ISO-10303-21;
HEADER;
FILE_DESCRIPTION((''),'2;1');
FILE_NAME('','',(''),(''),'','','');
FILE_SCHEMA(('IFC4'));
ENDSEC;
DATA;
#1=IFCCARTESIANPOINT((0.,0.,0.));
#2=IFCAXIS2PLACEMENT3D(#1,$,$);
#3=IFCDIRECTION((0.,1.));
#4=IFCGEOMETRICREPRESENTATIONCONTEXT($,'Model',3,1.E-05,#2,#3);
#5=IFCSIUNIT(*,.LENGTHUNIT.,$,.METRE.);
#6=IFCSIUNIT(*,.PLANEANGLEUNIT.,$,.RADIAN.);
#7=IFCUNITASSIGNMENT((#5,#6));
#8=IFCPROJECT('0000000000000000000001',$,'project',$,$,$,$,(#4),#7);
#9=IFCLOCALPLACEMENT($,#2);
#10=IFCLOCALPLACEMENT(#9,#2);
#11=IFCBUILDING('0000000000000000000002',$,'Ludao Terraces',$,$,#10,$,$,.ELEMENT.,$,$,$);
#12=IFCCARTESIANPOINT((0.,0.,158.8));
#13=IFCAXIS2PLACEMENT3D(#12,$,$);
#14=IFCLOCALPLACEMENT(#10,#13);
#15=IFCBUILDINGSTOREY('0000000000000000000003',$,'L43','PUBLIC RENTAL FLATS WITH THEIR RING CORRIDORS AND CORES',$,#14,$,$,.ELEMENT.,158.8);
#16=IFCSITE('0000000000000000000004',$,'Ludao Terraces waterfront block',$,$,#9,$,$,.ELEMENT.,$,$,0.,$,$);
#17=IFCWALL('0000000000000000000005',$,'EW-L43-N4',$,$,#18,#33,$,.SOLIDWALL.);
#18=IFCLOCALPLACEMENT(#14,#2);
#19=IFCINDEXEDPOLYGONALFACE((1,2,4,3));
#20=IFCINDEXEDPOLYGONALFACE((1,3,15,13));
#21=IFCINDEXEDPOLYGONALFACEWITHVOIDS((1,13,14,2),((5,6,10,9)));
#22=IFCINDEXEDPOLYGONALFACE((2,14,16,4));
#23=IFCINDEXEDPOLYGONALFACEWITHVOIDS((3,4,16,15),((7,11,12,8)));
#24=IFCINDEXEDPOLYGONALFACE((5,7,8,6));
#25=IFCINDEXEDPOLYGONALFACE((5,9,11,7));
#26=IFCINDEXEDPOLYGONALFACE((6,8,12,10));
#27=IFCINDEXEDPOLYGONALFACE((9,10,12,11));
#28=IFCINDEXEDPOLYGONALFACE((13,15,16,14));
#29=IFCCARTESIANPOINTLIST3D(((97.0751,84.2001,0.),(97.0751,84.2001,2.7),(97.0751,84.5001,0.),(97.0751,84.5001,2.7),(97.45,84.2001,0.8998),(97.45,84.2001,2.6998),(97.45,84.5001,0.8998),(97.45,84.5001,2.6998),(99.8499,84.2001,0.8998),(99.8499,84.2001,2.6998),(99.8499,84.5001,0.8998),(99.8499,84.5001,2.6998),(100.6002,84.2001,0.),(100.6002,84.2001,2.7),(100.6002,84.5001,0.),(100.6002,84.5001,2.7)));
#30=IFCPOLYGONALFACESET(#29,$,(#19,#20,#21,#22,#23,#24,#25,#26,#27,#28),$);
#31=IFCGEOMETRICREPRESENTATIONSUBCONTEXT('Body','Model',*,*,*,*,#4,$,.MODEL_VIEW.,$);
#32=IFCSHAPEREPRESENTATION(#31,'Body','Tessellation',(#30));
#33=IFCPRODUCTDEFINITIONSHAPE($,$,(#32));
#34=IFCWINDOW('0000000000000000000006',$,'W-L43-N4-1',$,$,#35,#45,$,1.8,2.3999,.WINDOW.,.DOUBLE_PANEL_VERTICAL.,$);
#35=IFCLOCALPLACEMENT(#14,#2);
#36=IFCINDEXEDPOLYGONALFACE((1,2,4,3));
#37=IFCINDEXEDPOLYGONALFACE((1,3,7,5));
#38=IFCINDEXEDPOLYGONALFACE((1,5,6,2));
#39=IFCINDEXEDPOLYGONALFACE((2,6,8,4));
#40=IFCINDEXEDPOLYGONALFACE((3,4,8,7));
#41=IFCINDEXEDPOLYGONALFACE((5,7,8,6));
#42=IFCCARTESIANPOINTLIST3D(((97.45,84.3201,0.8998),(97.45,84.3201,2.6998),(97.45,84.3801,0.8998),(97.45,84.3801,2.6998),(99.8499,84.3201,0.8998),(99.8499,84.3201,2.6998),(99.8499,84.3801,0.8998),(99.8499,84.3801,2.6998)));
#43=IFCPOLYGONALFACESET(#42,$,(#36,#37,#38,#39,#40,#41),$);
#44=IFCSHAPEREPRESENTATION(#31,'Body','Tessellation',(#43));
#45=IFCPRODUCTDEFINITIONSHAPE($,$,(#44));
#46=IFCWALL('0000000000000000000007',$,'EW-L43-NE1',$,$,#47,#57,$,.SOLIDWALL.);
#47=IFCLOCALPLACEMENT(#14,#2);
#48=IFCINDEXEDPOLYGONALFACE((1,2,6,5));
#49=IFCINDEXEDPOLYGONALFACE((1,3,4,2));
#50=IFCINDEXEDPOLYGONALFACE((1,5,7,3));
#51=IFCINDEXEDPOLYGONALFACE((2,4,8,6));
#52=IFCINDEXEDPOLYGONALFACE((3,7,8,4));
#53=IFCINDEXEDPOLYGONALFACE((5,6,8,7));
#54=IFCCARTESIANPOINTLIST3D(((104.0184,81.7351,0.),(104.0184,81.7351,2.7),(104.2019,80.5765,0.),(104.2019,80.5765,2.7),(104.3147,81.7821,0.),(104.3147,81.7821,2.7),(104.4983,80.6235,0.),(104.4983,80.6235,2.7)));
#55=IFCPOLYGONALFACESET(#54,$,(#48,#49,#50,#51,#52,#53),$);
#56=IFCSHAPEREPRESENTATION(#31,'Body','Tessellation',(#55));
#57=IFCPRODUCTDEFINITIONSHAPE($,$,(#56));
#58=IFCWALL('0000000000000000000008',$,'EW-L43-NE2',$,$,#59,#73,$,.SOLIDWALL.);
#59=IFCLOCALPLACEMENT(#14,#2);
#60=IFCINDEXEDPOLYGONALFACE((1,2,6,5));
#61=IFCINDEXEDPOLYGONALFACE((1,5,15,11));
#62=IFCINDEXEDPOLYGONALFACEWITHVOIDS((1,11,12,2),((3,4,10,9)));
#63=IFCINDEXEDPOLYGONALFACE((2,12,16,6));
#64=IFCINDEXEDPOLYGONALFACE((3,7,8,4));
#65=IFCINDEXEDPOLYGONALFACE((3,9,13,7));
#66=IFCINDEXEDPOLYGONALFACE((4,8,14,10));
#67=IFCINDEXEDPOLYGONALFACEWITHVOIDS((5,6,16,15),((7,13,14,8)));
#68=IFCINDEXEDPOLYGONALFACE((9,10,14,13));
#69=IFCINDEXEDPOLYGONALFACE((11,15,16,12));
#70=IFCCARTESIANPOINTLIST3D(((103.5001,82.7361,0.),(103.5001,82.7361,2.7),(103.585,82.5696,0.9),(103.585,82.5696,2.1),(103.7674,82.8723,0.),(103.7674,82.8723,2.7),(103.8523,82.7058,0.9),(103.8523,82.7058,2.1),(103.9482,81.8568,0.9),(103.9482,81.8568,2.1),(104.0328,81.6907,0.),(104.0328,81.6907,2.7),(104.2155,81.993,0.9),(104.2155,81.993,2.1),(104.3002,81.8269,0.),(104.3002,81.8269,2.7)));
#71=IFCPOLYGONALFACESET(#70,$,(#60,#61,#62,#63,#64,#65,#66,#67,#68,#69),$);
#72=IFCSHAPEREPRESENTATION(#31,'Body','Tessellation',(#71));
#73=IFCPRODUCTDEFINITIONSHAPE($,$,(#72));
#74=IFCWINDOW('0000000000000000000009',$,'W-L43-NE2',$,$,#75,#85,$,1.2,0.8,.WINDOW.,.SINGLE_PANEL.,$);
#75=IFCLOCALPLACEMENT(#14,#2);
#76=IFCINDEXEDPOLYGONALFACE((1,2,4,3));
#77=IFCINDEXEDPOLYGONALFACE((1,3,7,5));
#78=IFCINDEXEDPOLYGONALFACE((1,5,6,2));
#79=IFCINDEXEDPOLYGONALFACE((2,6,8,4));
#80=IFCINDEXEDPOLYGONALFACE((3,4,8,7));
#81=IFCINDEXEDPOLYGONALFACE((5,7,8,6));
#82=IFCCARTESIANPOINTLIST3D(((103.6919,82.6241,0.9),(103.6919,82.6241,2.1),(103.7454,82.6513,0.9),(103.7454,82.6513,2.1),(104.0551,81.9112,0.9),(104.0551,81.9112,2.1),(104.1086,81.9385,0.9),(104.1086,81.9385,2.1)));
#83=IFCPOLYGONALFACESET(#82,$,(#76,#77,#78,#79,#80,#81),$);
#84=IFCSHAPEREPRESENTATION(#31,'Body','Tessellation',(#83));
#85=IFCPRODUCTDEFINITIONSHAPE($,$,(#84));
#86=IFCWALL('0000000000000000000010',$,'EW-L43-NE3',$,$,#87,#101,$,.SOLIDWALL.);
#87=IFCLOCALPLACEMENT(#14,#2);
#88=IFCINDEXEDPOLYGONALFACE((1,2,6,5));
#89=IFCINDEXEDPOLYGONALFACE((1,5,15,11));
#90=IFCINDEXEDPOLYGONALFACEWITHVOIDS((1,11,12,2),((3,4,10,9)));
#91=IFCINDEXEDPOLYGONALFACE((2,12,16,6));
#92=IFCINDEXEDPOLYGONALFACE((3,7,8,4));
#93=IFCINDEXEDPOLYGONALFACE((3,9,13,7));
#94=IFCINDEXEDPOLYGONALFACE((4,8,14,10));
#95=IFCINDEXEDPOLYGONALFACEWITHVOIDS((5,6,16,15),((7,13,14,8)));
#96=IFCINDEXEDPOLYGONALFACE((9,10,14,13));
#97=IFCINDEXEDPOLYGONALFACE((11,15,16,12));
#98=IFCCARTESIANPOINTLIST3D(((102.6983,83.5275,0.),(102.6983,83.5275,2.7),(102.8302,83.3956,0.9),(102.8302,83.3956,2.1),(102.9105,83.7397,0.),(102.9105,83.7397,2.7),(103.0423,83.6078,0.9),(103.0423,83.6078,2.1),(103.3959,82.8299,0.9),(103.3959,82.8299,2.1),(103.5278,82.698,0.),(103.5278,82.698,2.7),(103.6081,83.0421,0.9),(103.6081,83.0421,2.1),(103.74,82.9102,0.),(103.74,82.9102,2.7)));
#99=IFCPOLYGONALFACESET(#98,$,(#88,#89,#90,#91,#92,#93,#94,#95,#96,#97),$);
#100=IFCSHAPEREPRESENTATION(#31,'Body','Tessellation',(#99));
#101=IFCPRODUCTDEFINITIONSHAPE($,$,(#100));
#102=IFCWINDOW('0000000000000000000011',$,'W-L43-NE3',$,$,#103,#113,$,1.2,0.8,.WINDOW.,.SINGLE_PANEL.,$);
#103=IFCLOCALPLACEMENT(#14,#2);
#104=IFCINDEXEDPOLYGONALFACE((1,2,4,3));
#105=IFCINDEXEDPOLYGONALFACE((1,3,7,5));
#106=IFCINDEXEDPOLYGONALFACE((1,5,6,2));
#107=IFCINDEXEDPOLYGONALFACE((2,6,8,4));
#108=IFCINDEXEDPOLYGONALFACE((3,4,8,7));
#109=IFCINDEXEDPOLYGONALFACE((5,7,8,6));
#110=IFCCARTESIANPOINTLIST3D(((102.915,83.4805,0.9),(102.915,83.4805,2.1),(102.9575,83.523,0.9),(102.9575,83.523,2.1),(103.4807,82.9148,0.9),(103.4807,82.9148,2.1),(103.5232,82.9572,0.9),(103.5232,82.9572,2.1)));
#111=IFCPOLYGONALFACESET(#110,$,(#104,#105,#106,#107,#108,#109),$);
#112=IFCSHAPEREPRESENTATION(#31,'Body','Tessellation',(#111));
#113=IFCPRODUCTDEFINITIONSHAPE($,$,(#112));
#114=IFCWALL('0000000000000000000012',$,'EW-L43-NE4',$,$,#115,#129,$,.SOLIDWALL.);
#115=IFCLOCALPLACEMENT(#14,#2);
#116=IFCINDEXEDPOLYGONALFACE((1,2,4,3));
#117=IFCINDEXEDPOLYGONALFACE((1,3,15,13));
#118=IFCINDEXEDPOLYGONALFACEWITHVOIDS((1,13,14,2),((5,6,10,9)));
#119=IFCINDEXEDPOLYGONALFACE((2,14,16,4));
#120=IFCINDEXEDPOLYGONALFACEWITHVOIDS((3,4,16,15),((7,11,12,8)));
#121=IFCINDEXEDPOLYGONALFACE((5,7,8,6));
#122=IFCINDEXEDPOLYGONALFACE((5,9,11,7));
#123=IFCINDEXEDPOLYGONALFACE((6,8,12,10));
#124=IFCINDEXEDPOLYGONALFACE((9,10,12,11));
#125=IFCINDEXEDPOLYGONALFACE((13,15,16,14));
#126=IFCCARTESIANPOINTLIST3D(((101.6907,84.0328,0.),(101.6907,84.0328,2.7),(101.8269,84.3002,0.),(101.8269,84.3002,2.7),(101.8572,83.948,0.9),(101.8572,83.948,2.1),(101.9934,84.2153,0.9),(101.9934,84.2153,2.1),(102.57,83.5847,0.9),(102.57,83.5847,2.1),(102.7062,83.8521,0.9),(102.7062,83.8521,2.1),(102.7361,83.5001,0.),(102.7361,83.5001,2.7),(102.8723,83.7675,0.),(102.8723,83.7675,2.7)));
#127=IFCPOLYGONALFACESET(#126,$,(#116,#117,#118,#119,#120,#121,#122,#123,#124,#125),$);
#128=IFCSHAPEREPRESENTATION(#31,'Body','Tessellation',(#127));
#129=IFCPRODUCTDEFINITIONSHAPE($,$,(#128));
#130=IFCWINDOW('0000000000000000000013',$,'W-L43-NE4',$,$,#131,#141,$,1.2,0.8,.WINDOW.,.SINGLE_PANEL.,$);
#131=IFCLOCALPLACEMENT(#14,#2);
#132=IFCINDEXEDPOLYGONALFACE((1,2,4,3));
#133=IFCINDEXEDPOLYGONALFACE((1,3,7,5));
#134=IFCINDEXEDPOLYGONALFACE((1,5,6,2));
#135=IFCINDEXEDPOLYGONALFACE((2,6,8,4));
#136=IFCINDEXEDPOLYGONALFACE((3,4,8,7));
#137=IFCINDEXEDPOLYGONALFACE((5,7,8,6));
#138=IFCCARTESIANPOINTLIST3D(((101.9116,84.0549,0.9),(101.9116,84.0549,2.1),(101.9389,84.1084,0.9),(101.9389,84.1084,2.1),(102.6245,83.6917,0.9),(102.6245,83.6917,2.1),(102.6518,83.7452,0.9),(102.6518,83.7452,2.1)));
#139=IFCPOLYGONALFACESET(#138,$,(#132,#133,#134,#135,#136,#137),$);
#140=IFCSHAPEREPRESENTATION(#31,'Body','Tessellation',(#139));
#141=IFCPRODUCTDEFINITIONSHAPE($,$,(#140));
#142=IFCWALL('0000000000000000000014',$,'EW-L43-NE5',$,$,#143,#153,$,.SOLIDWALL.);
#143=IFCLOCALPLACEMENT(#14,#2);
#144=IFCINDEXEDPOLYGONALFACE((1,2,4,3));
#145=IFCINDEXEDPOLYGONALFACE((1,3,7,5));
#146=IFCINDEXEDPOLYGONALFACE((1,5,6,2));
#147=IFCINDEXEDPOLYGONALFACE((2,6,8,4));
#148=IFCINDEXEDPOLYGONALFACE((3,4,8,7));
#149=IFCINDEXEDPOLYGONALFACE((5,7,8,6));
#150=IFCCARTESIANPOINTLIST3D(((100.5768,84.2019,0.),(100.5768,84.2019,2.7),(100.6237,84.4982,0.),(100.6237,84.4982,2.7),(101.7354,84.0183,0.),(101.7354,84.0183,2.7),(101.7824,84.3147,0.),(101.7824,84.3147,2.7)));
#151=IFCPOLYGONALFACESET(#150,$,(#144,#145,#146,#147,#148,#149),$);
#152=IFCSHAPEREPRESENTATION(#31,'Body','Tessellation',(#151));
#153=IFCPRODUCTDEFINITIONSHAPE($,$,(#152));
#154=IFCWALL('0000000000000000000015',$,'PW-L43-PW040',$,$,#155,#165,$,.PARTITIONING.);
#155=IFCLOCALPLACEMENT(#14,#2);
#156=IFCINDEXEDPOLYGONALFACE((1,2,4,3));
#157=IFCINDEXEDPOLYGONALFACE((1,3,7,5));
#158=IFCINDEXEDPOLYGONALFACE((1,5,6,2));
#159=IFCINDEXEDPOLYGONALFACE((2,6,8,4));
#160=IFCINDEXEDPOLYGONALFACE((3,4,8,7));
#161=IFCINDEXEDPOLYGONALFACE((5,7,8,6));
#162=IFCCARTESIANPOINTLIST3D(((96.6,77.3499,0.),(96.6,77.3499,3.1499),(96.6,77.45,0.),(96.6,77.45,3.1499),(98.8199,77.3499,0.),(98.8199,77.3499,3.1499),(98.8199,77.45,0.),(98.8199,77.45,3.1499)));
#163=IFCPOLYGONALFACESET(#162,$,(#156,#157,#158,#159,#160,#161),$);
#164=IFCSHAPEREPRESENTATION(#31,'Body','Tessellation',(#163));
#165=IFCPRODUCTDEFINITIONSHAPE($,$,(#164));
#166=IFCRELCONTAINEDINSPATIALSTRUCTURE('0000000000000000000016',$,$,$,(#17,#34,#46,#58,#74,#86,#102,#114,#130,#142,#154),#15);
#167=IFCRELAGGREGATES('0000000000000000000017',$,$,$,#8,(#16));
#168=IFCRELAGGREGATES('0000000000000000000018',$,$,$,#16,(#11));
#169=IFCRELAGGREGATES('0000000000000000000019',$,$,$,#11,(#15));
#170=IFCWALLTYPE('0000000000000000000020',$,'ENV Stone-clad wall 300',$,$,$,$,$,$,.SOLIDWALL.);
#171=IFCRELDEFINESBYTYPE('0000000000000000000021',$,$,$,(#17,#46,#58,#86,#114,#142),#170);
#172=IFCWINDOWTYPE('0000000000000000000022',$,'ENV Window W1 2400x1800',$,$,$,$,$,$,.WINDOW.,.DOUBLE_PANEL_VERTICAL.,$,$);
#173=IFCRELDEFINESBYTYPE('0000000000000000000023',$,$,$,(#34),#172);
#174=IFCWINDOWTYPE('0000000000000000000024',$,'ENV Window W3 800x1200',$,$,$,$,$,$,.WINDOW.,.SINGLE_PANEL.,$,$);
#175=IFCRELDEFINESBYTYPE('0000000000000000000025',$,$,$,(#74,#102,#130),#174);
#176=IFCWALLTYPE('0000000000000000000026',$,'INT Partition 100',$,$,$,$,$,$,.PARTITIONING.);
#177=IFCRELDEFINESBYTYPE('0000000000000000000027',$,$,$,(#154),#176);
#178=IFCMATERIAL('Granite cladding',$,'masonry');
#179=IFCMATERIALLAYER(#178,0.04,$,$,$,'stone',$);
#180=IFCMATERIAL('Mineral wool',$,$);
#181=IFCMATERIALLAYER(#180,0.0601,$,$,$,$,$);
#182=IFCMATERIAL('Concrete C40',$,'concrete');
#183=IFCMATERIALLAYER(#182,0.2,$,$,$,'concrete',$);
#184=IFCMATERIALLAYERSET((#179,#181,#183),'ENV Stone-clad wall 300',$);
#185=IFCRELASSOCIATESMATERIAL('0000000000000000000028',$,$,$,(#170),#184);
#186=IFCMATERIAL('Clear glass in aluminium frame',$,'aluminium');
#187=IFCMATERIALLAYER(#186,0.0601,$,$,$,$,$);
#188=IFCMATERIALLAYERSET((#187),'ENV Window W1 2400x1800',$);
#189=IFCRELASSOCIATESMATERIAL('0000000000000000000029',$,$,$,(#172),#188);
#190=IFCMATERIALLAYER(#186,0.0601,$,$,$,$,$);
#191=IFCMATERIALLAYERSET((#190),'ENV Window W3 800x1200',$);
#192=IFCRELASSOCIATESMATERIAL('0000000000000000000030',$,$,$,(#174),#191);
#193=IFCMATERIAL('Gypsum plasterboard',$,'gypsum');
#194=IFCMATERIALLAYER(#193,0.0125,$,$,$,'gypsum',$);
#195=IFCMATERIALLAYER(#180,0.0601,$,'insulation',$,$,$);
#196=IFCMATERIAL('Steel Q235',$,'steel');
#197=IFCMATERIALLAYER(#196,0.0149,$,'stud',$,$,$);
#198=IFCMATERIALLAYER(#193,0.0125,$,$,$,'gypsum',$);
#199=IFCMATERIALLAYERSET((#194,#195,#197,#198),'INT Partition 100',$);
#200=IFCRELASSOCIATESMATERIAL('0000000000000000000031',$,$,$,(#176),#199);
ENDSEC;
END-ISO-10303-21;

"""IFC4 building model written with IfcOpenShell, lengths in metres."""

from ifc_helpers import new_model, si_unit, direction, frame, frame_2d, origin, place, context, subcontext, project, spatial, rectangle, extrude, material, layer, layer_set, type_object, element, fill, save


model = new_model("IFC4")

# Units and contexts
model_context = context("Model", 3, precision=1e-05, world=origin(), true_north=direction((0.0, 1.0)))
body_context = subcontext(model_context, "Body", "Model", "MODEL_VIEW")
ifc_project = project(units=[si_unit("LENGTHUNIT", "METRE"), si_unit("PLANEANGLEUNIT", "RADIAN")], contexts=[model_context])

# Site, building, storey
site_placement = place(None, origin())
site = spatial("IfcSite", under=ifc_project, at=site_placement, Name="Ludao Terraces waterfront block", CompositionType="ELEMENT", RefElevation=0.0)
building_placement = place(site_placement, origin())
building = spatial("IfcBuilding", under=site, at=building_placement, Name="Ludao Terraces", CompositionType="ELEMENT")
storey_placement = place(building_placement, frame((0.0, 0.0, 158.8)))
storey = spatial("IfcBuildingStorey", under=building, at=storey_placement, Name="L43", Description="PUBLIC RENTAL FLATS WITH THEIR RING CORRIDORS AND CORES", CompositionType="ELEMENT", Elevation=158.8)

# Shared definitions
ifc_material_1 = material(Name="Concrete C40", Category="concrete")

# Shared definitions
ifc_material_2 = material(Name="Steel Q235", Category="steel")

# Shared definitions
ifc_material_3 = material(Name="Granite cladding", Category="masonry")
ifc_layer_1 = layer(ifc_material_3, 0.04, Category="stone")
ifc_material_4 = material(Name="Mineral wool")
ifc_layer_2 = layer(ifc_material_4, 0.0601)
ifc_layer_3 = layer(ifc_material_1, 0.2, Category="concrete")
ifc_layer_set_1 = layer_set([ifc_layer_1, ifc_layer_2, ifc_layer_3], Name="ENV Stone-clad wall 300")
wall_type_1 = type_object("IfcWallType", Name="ENV Stone-clad wall 300", PredefinedType="SOLIDWALL", material=ifc_layer_set_1)
ifc_material_5 = material(Name="Clear glass in aluminium frame", Category="aluminium")
ifc_layer_4 = layer(ifc_material_5, 0.0601)
ifc_layer_set_2 = layer_set([ifc_layer_4], Name="ENV Window W1 2400x1800")
window_type_1 = type_object("IfcWindowType", Name="ENV Window W1 2400x1800", PartitioningType="DOUBLE_PANEL_VERTICAL", PredefinedType="WINDOW", material=ifc_layer_set_2)

# Wall, opening, window
wall_1_placement = place(storey_placement, frame((97.075, 84.3501, 0.0), z_axis=(0.0, 0.0, 1.0), x_axis=(1.0, 0.0, 0.0)))
wall_1 = element("IfcWall", 1, at=wall_1_placement, inside=storey, type_object=wall_type_1, Name="EW-L43-N4", PredefinedType="SOLIDWALL", context=body_context, shape_type="SweptSolid", body=[
    extrude(rectangle(XDim=3.5251, YDim=0.3, at=frame_2d((1.7627, 0.0))), origin(), (0.0, 0.0, 1.0), 2.7),
])
opening_1_placement = place(wall_1_placement, frame((0.375, 0.0, 0.8999)))
opening_1 = element("IfcOpeningElement", 2, at=opening_1_placement, cuts=wall_1, PredefinedType="OPENING", context=body_context, shape_type="SweptSolid", body=[
    extrude(rectangle(XDim=2.3999, YDim=1.8, at=frame_2d((1.2, 0.8999))), frame((0.0, 0.1602, 0.0), z_axis=(0.0, -1.0, 0.0), x_axis=(1.0, 0.0, 0.0)), (0.0, 0.0, 1.0), 0.3201),
])
window_1_placement = place(opening_1_placement, origin())
window_1 = element("IfcWindow", 3, at=window_1_placement, inside=storey, type_object=window_type_1, Name="W-L43-N4-1", OverallHeight=1.8, OverallWidth=2.3999, PartitioningType="DOUBLE_PANEL_VERTICAL", PredefinedType="WINDOW", context=body_context, shape_type="SweptSolid", body=[
    extrude(rectangle(XDim=2.3999, YDim=1.8, at=frame_2d((1.2, 0.8999))), frame((0.0, 0.03, 0.0), z_axis=(0.0, -1.0, 0.0), x_axis=(1.0, 0.0, 0.0)), (0.0, 0.0, 1.0), 0.0601),
])
fill(opening_1, window_1)

# Wall
wall_2_placement = place(storey_placement, frame((104.3501, 80.6001, 0.0), z_axis=(0.0, 0.0, 1.0), x_axis=(-0.156497, 0.987678, 0.0)))
element("IfcWall", 4, at=wall_2_placement, inside=storey, type_object=wall_type_1, Name="EW-L43-NE1", PredefinedType="SOLIDWALL", context=body_context, shape_type="SweptSolid", body=[
    extrude(rectangle(XDim=1.1731, YDim=0.3, at=frame_2d((0.5864, 0.0))), origin(), (0.0, 0.0, 1.0), 2.7),
])

# Walls, openings, windows
wall_3_placement = place(storey_placement, frame((104.1665, 81.7588, 0.0), z_axis=(0.0, 0.0, 1.0), x_axis=(-0.454026, 0.890989, 0.0)))
wall_3 = element("IfcWall", 5, at=wall_3_placement, inside=storey, type_object=wall_type_1, Name="EW-L43-NE2", PredefinedType="SOLIDWALL", context=body_context, shape_type="SweptSolid", body=[
    extrude(rectangle(XDim=1.1733, YDim=0.3, at=frame_2d((0.5867, 0.0))), origin(), (0.0, 0.0, 1.0), 2.7),
])
opening_2_placement = place(wall_3_placement, frame((0.1865, 0.0, 0.8999)))
opening_2 = element("IfcOpeningElement", 6, at=opening_2_placement, cuts=wall_3, PredefinedType="OPENING", context=body_context, shape_type="SweptSolid", body=[
    extrude(rectangle(XDim=0.8, YDim=1.2, at=frame_2d((0.3999, 0.6001))), frame((0.0, 0.1602, 0.0), z_axis=(0.0, -1.0, 0.0), x_axis=(1.0, 0.0, 0.0)), (0.0, 0.0, 1.0), 0.3201),
])
ifc_layer_5 = layer(ifc_material_5, 0.0601)
ifc_layer_set_3 = layer_set([ifc_layer_5], Name="ENV Window W3 800x1200")
window_type_2 = type_object("IfcWindowType", Name="ENV Window W3 800x1200", PartitioningType="SINGLE_PANEL", PredefinedType="WINDOW", material=ifc_layer_set_3)
window_2_placement = place(opening_2_placement, origin())
window_2 = element("IfcWindow", 7, at=window_2_placement, inside=storey, type_object=window_type_2, Name="W-L43-NE2", OverallHeight=1.2, OverallWidth=0.8, PartitioningType="SINGLE_PANEL", PredefinedType="WINDOW", context=body_context, shape_type="SweptSolid", body=[
    extrude(rectangle(XDim=0.8, YDim=1.2, at=frame_2d((0.3999, 0.6001))), frame((0.0, 0.03, 0.0), z_axis=(0.0, -1.0, 0.0), x_axis=(1.0, 0.0, 0.0)), (0.0, 0.0, 1.0), 0.0601),
])
fill(opening_2, window_2)
wall_4_placement = place(storey_placement, frame((103.6338, 82.8042, 0.0), z_axis=(0.0, 0.0, 1.0), x_axis=(-0.707107, 0.707107, 0.0)))
wall_4 = element("IfcWall", 8, at=wall_4_placement, inside=storey, type_object=wall_type_1, Name="EW-L43-NE3", PredefinedType="SOLIDWALL", context=body_context, shape_type="SweptSolid", body=[
    extrude(rectangle(XDim=1.1731, YDim=0.3, at=frame_2d((0.5864, 0.0))), origin(), (0.0, 0.0, 1.0), 2.7),
])
opening_3_placement = place(wall_4_placement, frame((0.1865, 0.0, 0.8999)))
opening_3 = element("IfcOpeningElement", 9, at=opening_3_placement, cuts=wall_4, PredefinedType="OPENING", context=body_context, shape_type="SweptSolid", body=[
    extrude(rectangle(XDim=0.8, YDim=1.2, at=frame_2d((0.3999, 0.6001))), frame((0.0, 0.1602, 0.0), z_axis=(0.0, -1.0, 0.0), x_axis=(1.0, 0.0, 0.0)), (0.0, 0.0, 1.0), 0.3201),
])
window_3_placement = place(opening_3_placement, origin())
window_3 = element("IfcWindow", 10, at=window_3_placement, inside=storey, type_object=window_type_2, Name="W-L43-NE3", OverallHeight=1.2, OverallWidth=0.8, PartitioningType="SINGLE_PANEL", PredefinedType="WINDOW", context=body_context, shape_type="SweptSolid", body=[
    extrude(rectangle(XDim=0.8, YDim=1.2, at=frame_2d((0.3999, 0.6001))), frame((0.0, 0.03, 0.0), z_axis=(0.0, -1.0, 0.0), x_axis=(1.0, 0.0, 0.0)), (0.0, 0.0, 1.0), 0.0601),
])
fill(opening_3, window_3)
wall_5_placement = place(storey_placement, frame((102.8042, 83.6338, 0.0), z_axis=(0.0, 0.0, 1.0), x_axis=(-0.890989, 0.454026, 0.0)))
wall_5 = element("IfcWall", 11, at=wall_5_placement, inside=storey, type_object=wall_type_1, Name="EW-L43-NE4", PredefinedType="SOLIDWALL", context=body_context, shape_type="SweptSolid", body=[
    extrude(rectangle(XDim=1.1733, YDim=0.3, at=frame_2d((0.5867, 0.0))), origin(), (0.0, 0.0, 1.0), 2.7),
])
opening_4_placement = place(wall_5_placement, frame((0.1865, 0.0, 0.8999)))
opening_4 = element("IfcOpeningElement", 12, at=opening_4_placement, cuts=wall_5, PredefinedType="OPENING", context=body_context, shape_type="SweptSolid", body=[
    extrude(rectangle(XDim=0.8, YDim=1.2, at=frame_2d((0.3999, 0.6001))), frame((0.0, 0.1602, 0.0), z_axis=(0.0, -1.0, 0.0), x_axis=(1.0, 0.0, 0.0)), (0.0, 0.0, 1.0), 0.3201),
])
window_4_placement = place(opening_4_placement, origin())
window_4 = element("IfcWindow", 13, at=window_4_placement, inside=storey, type_object=window_type_2, Name="W-L43-NE4", OverallHeight=1.2, OverallWidth=0.8, PartitioningType="SINGLE_PANEL", PredefinedType="WINDOW", context=body_context, shape_type="SweptSolid", body=[
    extrude(rectangle(XDim=0.8, YDim=1.2, at=frame_2d((0.3999, 0.6001))), frame((0.0, 0.03, 0.0), z_axis=(0.0, -1.0, 0.0), x_axis=(1.0, 0.0, 0.0)), (0.0, 0.0, 1.0), 0.0601),
])
fill(opening_4, window_4)

# Walls
wall_6_placement = place(storey_placement, frame((101.7588, 84.1665, 0.0), z_axis=(0.0, 0.0, 1.0), x_axis=(-0.987678, 0.156497, 0.0)))
element("IfcWall", 14, at=wall_6_placement, inside=storey, type_object=wall_type_1, Name="EW-L43-NE5", PredefinedType="SOLIDWALL", context=body_context, shape_type="SweptSolid", body=[
    extrude(rectangle(XDim=1.1731, YDim=0.3, at=frame_2d((0.5864, 0.0))), origin(), (0.0, 0.0, 1.0), 2.7),
])
ifc_material_6 = material(Name="Gypsum plasterboard", Category="gypsum")
ifc_layer_6 = layer(ifc_material_6, 0.0125, Category="gypsum")
ifc_layer_7 = layer(ifc_material_4, 0.0601, Name="insulation")
ifc_layer_8 = layer(ifc_material_2, 0.0149, Name="stud")
ifc_layer_9 = layer(ifc_material_6, 0.0125, Category="gypsum")
ifc_layer_set_4 = layer_set([ifc_layer_6, ifc_layer_7, ifc_layer_8, ifc_layer_9], Name="INT Partition 100")
wall_type_2 = type_object("IfcWallType", Name="INT Partition 100", PredefinedType="PARTITIONING", material=ifc_layer_set_4)
for number, where, z_axis, x_axis, name in (
    (15, (96.6001, 77.3999, 0.0), (0.0, 0.0, 1.0), (1.0, 0.0, 0.0), "PW-L43-PW040"),
):
    element("IfcWall", number, at=place(storey_placement, frame(where, z_axis=z_axis, x_axis=x_axis)), inside=storey, type_object=wall_type_2, Name=name, PredefinedType="PARTITIONING", context=body_context, shape_type="SweptSolid", body=[
        extrude(rectangle(XDim=2.22, YDim=0.1001, at=frame_2d((1.1099, 0.0))), origin(), (0.0, 0.0, 1.0), 3.1499),
    ])

save(model, "model.ifc")
